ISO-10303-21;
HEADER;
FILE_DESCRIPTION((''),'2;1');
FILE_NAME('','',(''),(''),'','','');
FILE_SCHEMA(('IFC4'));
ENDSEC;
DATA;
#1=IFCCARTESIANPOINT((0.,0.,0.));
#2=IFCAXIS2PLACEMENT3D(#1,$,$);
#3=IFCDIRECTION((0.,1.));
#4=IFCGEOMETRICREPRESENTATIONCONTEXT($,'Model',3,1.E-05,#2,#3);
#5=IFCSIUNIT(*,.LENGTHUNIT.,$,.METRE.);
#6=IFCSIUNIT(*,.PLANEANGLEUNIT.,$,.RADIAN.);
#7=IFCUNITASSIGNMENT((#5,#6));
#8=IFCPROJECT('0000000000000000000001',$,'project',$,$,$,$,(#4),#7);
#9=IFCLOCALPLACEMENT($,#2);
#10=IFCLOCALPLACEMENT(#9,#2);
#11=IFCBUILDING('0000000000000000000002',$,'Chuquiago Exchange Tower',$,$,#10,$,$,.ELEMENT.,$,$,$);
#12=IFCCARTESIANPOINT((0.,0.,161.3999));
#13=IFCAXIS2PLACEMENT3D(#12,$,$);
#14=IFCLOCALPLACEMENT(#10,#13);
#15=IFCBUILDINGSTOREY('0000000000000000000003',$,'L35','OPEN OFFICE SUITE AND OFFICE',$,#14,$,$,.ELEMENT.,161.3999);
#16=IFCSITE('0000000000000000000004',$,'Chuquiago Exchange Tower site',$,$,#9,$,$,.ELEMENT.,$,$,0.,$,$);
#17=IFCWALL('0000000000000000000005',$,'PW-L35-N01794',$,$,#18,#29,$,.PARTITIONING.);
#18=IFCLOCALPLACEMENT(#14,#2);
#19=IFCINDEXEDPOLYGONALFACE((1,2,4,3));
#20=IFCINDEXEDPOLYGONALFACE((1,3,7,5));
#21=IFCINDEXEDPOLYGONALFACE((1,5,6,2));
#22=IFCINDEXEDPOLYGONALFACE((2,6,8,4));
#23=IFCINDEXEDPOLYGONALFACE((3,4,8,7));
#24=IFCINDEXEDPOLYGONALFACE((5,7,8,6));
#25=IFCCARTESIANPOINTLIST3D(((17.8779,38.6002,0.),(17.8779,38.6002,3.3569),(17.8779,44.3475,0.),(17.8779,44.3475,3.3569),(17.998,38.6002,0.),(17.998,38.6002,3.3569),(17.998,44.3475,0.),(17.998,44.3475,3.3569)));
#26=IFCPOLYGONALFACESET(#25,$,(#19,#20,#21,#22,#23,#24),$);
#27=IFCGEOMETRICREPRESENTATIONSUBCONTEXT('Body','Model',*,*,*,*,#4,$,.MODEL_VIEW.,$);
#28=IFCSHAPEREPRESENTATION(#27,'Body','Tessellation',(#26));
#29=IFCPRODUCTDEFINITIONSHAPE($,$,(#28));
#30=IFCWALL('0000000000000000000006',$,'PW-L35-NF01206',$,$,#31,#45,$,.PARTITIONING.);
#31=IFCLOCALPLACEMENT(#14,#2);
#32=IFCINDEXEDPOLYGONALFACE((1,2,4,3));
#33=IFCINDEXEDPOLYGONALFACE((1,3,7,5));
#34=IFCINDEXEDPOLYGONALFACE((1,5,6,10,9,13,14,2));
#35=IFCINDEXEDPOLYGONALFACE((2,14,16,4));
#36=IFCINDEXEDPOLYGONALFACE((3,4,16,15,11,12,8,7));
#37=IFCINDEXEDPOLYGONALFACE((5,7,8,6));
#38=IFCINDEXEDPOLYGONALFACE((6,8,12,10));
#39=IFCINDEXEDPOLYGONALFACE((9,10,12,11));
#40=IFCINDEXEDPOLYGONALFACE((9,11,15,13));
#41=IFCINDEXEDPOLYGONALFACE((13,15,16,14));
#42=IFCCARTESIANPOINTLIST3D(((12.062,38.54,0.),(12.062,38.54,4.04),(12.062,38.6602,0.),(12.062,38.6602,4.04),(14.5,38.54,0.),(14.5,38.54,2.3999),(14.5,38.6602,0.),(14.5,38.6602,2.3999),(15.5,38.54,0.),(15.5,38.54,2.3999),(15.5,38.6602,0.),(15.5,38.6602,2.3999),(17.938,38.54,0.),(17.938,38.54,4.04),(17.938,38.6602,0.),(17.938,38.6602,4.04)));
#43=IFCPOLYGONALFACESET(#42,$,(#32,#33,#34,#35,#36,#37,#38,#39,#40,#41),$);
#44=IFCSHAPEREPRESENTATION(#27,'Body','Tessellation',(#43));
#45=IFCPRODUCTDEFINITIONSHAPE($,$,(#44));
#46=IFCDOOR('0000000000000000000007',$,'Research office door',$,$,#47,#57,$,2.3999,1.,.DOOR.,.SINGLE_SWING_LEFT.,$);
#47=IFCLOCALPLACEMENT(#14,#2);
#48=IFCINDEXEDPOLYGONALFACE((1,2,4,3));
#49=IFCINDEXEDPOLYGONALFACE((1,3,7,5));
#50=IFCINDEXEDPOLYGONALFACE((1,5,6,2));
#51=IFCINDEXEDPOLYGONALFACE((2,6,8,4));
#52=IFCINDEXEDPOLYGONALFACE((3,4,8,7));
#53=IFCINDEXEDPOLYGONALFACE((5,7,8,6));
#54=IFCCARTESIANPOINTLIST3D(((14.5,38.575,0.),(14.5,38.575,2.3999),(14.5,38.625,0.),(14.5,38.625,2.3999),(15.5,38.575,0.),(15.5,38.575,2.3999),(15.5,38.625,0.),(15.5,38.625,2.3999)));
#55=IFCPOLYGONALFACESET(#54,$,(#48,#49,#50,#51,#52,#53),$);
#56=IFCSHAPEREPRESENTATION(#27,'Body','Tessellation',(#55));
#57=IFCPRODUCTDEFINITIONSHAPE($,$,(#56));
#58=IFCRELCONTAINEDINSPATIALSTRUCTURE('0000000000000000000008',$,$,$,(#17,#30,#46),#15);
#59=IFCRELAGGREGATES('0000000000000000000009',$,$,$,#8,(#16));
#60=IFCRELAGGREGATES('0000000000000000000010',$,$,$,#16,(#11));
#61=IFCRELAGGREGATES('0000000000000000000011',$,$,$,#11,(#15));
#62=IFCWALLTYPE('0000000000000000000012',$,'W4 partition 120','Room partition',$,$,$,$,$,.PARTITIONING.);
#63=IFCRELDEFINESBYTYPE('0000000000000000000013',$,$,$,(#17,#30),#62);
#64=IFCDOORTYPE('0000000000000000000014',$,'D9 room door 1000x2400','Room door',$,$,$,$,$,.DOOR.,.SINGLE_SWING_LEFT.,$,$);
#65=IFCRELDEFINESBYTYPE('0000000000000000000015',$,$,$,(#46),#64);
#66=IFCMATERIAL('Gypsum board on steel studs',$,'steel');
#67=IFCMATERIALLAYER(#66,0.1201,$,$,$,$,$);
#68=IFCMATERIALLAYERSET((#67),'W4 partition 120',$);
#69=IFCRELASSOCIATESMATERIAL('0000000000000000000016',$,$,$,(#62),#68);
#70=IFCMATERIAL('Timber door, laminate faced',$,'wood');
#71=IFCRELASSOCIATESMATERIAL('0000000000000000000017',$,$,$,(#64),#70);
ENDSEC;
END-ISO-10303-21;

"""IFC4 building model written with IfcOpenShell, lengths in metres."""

from ifc_helpers import new_model, si_unit, direction, frame, frame_2d, origin, place, context, subcontext, project, spatial, rectangle, extrude, material, layer, layer_set, type_object, element, fill, save


model = new_model("IFC4")

# Units and contexts
model_context = context("Model", 3, precision=1e-05, world=origin(), true_north=direction((0.0, 1.0)))
body_context = subcontext(model_context, "Body", "Model", "MODEL_VIEW")
ifc_project = project(units=[si_unit("LENGTHUNIT", "METRE"), si_unit("PLANEANGLEUNIT", "RADIAN")], contexts=[model_context])

# Site, building, storey
site_placement = place(None, origin())
site = spatial("IfcSite", under=ifc_project, at=site_placement, Name="Chuquiago Exchange Tower site", CompositionType="ELEMENT", RefElevation=0.0)
building_placement = place(site_placement, origin())
building = spatial("IfcBuilding", under=site, at=building_placement, Name="Chuquiago Exchange Tower", CompositionType="ELEMENT")
storey_placement = place(building_placement, frame((0.0, 0.0, 161.3999)))
storey = spatial("IfcBuildingStorey", under=building, at=storey_placement, Name="L35", Description="OPEN OFFICE SUITE AND OFFICE", CompositionType="ELEMENT", Elevation=161.3999)

# Wall
ifc_material_1 = material(Name="Gypsum board on steel studs", Category="steel")
ifc_layer_1 = layer(ifc_material_1, 0.1201)
ifc_layer_set_1 = layer_set([ifc_layer_1], Name="W4 partition 120")
wall_type_1 = type_object("IfcWallType", Name="W4 partition 120", Description="Room partition", PredefinedType="PARTITIONING", material=ifc_layer_set_1)
wall_1_placement = place(storey_placement, frame((17.938, 44.3474, 0.0), z_axis=(0.0, 0.0, 1.0), x_axis=(0.0, -1.0, 0.0)))
element("IfcWall", 1, at=wall_1_placement, inside=storey, type_object=wall_type_1, Name="PW-L35-N01794", PredefinedType="PARTITIONING", context=body_context, shape_type="SweptSolid", body=[
    extrude(rectangle(XDim=5.7473, YDim=0.1201, at=frame_2d((2.8735, 0.0))), origin(), (0.0, 0.0, 1.0), 3.3569),
])

# Wall, opening, door
wall_2_placement = place(storey_placement, frame((12.062, 38.6001, 0.0), z_axis=(0.0, 0.0, 1.0), x_axis=(1.0, 0.0, 0.0)))
wall_2 = element("IfcWall", 2, at=wall_2_placement, inside=storey, type_object=wall_type_1, Name="PW-L35-NF01206", PredefinedType="PARTITIONING", context=body_context, shape_type="SweptSolid", body=[
    extrude(rectangle(XDim=5.876, YDim=0.1201, at=frame_2d((2.938, 0.0))), origin(), (0.0, 0.0, 1.0), 4.04),
])
opening_1_placement = place(wall_2_placement, frame((2.438, 0.0, 0.0)))
opening_1 = element("IfcOpeningElement", 3, at=opening_1_placement, cuts=wall_2, PredefinedType="OPENING", context=body_context, shape_type="SweptSolid", body=[
    extrude(rectangle(XDim=1.0, YDim=2.3999, at=frame_2d((0.5, 1.2))), frame((0.0, 0.0701, 0.0), z_axis=(0.0, -1.0, 0.0), x_axis=(1.0, 0.0, 0.0)), (0.0, 0.0, 1.0), 0.1401),
])
ifc_material_2 = material(Name="Timber door, laminate faced", Category="wood")
door_type_1 = type_object("IfcDoorType", Name="D9 room door 1000x2400", Description="Room door", OperationType="SINGLE_SWING_LEFT", PredefinedType="DOOR", material=ifc_material_2)
door_1_placement = place(opening_1_placement, origin())
door_1 = element("IfcDoor", 4, at=door_1_placement, inside=storey, type_object=door_type_1, Name="Research office door", OperationType="SINGLE_SWING_LEFT", OverallHeight=2.3999, OverallWidth=1.0, PredefinedType="DOOR", context=body_context, shape_type="SweptSolid", body=[
    extrude(rectangle(XDim=1.0, YDim=2.3999, at=frame_2d((0.5, 1.2))), frame((0.0, 0.0249, 0.0), z_axis=(0.0, -1.0, 0.0), x_axis=(1.0, 0.0, 0.0)), (0.0, 0.0, 1.0), 0.05),
])
fill(opening_1, door_1)

save(model, "model.ifc")
